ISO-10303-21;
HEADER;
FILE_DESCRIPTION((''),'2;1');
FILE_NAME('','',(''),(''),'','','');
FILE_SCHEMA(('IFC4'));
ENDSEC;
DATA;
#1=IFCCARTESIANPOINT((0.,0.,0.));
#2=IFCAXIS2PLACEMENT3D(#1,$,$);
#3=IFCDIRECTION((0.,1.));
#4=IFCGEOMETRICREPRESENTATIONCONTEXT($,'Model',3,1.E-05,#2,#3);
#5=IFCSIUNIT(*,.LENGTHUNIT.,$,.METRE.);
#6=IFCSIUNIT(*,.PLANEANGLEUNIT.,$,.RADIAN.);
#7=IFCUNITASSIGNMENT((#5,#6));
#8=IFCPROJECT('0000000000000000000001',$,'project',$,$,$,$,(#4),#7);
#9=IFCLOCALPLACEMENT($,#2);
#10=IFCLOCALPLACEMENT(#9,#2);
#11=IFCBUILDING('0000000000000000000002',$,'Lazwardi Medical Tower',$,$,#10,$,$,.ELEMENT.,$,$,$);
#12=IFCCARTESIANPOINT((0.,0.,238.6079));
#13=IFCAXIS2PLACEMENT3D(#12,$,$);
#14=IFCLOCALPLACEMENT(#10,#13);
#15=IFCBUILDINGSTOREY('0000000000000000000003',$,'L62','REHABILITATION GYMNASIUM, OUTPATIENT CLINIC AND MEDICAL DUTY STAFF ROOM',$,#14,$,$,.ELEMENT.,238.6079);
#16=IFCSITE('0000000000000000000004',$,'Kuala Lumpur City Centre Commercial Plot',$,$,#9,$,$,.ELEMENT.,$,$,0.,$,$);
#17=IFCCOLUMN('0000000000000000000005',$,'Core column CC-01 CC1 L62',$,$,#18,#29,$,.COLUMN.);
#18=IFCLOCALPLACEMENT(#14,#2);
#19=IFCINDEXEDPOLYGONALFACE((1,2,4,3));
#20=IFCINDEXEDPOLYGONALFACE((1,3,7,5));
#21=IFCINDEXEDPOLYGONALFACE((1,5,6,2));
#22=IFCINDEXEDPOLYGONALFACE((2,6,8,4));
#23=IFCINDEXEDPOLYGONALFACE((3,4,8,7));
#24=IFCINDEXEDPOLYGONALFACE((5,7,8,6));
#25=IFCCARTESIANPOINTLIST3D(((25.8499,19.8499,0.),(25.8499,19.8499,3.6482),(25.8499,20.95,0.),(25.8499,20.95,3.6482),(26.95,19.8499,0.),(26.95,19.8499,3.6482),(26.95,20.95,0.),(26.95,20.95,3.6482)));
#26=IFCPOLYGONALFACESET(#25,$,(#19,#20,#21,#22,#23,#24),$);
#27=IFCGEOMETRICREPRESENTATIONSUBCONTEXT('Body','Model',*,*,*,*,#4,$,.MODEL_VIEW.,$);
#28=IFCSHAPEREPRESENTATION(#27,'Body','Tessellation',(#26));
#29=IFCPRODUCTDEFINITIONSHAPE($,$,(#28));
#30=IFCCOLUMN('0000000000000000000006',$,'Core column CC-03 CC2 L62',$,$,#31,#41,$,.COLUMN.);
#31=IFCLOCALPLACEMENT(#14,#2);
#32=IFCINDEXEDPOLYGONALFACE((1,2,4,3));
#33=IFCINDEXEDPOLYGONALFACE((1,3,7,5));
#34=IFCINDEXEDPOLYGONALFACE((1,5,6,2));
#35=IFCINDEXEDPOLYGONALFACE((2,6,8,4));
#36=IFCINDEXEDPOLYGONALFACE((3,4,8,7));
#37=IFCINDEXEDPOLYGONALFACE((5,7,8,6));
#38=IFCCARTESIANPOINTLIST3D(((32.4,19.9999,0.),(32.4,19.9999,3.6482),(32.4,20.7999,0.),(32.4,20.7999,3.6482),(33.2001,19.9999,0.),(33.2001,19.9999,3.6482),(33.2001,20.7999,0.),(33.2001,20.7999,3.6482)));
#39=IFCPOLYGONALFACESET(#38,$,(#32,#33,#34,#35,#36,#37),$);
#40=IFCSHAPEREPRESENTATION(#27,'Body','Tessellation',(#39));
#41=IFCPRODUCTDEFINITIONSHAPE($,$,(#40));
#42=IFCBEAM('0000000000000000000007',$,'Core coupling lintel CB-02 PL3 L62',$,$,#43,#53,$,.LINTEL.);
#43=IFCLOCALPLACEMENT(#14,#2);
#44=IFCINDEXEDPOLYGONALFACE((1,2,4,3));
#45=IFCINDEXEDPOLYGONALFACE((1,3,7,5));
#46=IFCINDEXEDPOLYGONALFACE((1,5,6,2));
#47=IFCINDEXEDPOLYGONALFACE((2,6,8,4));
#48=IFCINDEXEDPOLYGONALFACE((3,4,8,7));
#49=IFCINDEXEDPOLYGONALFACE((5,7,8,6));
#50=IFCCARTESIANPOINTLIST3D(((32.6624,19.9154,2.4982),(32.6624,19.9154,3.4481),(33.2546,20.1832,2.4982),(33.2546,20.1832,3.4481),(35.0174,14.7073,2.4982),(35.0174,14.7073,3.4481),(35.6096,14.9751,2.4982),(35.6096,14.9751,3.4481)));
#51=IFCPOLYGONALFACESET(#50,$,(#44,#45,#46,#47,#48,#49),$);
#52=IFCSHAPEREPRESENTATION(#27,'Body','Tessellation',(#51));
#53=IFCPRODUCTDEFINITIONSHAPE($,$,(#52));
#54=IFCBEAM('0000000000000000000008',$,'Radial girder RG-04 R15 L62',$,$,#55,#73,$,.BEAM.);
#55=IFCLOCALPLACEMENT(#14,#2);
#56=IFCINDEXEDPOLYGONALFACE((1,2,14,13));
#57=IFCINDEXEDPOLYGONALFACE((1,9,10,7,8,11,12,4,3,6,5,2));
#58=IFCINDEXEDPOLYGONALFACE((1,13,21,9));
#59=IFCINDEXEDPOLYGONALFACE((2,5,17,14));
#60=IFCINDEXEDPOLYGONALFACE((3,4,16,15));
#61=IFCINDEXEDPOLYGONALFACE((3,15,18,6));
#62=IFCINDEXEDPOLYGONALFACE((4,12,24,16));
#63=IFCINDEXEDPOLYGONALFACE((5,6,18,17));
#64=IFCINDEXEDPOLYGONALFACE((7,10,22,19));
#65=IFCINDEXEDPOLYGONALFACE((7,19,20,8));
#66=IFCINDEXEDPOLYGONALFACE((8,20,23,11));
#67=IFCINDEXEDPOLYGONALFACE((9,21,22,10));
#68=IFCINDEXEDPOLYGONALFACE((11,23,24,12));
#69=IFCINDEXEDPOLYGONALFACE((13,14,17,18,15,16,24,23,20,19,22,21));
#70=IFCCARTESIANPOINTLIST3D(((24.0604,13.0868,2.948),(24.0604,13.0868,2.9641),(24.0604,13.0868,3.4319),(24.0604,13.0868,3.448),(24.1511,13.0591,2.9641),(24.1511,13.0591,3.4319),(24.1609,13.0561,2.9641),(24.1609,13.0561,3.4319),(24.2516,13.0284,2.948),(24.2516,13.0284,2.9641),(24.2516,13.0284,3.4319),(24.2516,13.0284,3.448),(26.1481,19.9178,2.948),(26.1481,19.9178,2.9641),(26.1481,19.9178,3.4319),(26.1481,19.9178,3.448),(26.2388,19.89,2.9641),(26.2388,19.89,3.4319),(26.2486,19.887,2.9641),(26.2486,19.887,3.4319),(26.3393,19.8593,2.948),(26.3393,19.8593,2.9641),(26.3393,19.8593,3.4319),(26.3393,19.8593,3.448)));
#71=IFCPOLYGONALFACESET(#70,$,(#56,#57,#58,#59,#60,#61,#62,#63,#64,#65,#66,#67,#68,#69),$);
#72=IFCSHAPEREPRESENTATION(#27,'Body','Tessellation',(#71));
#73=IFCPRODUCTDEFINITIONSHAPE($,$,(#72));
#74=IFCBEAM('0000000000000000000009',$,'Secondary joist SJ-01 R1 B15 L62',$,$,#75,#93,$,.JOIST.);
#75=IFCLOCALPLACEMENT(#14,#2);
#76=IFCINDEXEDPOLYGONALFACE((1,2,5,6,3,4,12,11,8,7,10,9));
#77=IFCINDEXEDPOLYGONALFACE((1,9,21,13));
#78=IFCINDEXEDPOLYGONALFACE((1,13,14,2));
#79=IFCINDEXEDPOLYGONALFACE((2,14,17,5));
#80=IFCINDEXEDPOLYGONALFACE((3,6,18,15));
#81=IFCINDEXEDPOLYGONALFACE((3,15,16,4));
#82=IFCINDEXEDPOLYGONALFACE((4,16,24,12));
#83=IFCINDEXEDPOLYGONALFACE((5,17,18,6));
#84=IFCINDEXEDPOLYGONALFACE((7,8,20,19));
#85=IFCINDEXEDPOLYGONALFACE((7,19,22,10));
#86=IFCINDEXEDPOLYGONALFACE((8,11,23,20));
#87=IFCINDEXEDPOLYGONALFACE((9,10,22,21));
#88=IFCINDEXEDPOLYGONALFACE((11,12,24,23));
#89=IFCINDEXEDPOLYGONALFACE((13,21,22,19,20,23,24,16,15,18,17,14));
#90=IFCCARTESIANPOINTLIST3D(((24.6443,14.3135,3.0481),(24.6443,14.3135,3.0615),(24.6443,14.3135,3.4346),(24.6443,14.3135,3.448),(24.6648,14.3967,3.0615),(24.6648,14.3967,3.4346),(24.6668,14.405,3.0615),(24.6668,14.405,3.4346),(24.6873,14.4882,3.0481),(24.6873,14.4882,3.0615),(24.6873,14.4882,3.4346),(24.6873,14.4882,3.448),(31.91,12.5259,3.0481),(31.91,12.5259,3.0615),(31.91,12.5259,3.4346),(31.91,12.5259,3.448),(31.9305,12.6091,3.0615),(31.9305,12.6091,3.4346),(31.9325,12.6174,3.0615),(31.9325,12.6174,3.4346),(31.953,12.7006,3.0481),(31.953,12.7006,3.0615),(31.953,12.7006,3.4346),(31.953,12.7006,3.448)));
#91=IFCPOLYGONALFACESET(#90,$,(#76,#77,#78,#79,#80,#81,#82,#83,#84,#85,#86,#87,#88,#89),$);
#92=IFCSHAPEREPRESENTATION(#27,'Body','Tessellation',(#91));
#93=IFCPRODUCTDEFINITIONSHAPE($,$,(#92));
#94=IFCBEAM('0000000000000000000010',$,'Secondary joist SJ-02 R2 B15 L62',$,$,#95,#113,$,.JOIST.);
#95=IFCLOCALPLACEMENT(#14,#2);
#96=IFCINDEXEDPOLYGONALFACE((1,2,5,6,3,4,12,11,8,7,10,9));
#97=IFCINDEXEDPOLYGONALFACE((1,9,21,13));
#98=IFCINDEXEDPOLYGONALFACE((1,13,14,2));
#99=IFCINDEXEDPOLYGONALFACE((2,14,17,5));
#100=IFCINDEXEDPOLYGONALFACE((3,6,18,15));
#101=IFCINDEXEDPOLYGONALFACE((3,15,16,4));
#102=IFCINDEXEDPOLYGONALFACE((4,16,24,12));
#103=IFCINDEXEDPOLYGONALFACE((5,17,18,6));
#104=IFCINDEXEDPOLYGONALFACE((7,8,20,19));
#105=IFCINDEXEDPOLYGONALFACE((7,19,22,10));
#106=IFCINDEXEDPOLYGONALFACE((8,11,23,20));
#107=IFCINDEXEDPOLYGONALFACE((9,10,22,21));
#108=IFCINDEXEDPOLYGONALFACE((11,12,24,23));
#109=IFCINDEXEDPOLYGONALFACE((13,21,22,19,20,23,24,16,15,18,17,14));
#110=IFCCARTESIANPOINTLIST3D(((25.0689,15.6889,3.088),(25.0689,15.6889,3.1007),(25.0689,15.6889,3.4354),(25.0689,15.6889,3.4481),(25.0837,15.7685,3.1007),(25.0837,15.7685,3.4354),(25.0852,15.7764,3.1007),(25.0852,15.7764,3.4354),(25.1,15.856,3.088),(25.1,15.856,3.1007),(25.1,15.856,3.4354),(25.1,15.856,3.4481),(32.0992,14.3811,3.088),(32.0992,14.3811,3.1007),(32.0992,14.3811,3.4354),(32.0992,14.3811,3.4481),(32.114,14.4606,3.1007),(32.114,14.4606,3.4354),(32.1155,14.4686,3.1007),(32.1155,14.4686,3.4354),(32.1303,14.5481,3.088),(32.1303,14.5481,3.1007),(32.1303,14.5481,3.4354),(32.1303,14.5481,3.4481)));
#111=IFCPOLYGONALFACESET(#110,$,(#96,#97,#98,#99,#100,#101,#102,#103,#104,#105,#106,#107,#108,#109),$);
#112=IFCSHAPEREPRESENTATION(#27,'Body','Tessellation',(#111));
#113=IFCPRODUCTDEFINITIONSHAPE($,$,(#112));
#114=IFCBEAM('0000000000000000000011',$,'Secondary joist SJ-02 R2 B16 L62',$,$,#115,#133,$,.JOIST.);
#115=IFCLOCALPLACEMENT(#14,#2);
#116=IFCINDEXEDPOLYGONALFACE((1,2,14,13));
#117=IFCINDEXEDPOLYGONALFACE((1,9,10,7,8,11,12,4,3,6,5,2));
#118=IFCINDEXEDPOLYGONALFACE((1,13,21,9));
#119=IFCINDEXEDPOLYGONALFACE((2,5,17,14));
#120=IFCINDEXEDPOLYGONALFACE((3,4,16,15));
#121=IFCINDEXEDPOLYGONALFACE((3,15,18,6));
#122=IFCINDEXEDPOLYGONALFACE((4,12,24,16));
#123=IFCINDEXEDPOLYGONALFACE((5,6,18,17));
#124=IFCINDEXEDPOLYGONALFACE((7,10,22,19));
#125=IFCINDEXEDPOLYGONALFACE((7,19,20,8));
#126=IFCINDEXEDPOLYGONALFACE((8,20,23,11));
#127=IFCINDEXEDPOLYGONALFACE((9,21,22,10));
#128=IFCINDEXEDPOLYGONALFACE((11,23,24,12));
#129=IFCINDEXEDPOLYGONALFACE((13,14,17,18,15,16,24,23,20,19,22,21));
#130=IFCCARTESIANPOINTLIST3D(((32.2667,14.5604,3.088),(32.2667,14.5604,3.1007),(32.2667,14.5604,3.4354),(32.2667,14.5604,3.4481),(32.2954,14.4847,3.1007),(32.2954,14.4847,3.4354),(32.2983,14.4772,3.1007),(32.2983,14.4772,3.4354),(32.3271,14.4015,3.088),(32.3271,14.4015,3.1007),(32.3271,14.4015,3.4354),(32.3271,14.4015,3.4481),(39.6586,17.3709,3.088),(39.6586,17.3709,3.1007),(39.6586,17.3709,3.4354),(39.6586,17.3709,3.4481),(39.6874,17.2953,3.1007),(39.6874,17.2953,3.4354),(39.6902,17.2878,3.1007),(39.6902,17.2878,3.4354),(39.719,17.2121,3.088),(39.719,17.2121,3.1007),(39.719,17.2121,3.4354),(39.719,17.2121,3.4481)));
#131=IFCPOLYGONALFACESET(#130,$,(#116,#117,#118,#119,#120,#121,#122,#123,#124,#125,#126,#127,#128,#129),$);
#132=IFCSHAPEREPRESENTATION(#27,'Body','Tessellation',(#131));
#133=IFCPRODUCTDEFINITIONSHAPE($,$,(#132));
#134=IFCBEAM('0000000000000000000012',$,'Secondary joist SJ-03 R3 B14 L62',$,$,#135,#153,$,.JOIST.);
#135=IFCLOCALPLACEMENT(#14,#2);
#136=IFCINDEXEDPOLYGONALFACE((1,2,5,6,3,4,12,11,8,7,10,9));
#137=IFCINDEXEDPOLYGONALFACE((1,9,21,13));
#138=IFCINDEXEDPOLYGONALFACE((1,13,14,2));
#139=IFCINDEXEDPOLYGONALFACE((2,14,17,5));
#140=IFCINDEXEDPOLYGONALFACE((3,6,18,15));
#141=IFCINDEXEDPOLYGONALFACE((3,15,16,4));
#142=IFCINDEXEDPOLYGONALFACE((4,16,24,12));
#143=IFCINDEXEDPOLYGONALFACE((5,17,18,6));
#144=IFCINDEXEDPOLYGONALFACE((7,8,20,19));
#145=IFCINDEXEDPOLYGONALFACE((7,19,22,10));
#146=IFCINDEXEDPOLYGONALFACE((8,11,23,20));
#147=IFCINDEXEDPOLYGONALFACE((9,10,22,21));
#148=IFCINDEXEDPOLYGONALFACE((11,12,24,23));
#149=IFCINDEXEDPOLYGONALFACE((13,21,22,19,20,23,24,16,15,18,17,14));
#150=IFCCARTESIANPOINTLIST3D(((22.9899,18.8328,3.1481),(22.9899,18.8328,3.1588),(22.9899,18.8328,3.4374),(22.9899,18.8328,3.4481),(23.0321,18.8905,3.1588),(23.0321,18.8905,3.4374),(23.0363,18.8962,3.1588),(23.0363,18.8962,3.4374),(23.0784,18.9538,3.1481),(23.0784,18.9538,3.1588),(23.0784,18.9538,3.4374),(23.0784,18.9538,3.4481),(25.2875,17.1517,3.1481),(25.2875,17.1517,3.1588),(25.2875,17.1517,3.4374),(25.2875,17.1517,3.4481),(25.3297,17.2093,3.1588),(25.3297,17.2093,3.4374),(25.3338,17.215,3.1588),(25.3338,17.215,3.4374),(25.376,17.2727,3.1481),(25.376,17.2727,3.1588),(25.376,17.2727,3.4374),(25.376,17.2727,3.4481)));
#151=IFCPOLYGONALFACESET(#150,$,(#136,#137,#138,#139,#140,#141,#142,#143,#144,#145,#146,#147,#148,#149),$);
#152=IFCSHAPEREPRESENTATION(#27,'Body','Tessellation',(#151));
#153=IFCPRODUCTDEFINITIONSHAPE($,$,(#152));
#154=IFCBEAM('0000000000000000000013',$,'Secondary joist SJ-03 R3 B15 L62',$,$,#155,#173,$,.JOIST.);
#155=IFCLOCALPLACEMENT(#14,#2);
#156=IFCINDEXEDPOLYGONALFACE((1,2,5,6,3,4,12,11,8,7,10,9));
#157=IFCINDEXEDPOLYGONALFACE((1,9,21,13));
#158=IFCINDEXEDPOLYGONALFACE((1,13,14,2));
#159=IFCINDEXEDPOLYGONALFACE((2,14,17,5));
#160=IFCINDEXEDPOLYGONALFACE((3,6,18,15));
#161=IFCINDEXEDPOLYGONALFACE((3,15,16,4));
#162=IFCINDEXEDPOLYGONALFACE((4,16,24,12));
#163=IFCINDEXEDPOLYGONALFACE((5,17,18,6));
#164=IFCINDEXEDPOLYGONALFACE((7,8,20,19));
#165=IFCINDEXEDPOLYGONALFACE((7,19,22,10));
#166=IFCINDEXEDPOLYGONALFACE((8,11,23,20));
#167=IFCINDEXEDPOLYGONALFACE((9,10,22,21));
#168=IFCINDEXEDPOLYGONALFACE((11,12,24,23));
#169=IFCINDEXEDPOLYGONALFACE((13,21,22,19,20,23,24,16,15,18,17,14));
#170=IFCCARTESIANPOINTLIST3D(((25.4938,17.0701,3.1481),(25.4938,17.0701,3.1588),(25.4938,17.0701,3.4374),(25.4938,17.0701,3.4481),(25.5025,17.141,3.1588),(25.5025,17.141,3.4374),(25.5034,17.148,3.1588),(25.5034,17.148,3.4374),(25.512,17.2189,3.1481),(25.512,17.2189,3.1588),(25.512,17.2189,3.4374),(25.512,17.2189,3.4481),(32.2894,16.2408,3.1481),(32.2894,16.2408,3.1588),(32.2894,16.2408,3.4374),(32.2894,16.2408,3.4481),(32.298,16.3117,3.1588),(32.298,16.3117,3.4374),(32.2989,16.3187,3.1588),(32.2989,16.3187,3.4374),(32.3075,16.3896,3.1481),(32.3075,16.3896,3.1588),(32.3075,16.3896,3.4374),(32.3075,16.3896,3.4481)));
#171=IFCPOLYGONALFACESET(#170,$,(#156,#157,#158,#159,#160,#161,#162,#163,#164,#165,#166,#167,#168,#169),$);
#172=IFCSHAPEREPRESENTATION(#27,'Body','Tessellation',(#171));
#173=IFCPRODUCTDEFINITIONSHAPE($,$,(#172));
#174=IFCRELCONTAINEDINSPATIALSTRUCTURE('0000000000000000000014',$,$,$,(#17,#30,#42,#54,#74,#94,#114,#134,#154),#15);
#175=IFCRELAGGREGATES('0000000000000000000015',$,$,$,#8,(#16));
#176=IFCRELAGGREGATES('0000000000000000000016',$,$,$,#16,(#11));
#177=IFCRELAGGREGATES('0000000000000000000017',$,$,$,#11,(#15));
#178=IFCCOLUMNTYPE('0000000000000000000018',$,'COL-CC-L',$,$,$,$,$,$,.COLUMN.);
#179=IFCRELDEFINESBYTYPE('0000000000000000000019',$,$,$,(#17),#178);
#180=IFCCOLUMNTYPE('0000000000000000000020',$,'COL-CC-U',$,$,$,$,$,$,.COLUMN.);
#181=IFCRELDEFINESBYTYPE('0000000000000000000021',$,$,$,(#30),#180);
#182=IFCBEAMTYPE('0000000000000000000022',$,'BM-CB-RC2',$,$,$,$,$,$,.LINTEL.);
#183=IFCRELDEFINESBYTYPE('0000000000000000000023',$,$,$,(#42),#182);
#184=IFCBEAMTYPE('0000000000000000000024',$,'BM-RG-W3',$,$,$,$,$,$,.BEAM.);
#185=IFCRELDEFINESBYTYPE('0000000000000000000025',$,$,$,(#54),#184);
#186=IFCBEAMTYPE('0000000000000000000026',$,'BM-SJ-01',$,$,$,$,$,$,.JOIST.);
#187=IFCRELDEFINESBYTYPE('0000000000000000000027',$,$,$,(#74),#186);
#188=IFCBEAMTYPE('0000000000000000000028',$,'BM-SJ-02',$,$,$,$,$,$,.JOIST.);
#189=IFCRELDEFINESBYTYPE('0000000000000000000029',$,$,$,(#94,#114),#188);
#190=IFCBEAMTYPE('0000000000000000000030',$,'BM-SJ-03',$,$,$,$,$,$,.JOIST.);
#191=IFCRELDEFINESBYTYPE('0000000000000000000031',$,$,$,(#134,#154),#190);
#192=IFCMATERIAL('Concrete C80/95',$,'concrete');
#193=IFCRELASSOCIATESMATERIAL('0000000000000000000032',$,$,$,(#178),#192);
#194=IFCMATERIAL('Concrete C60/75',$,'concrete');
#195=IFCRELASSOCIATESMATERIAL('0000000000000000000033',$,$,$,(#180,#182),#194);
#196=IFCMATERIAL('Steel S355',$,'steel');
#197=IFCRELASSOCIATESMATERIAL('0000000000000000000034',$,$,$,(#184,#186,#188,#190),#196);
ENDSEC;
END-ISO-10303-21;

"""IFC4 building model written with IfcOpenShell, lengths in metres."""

from ifc_helpers import new_model, si_unit, direction, frame, origin, origin_2d, place, context, subcontext, project, spatial, rectangle, i_section, extrude, material, material_profile, profile_set, type_object, element, save


model = new_model("IFC4")

# Units and contexts
model_context = context("Model", 3, precision=1e-05, world=origin(), true_north=direction((0.0, 1.0)))
body_context = subcontext(model_context, "Body", "Model", "MODEL_VIEW")
ifc_project = project(units=[si_unit("LENGTHUNIT", "METRE"), si_unit("PLANEANGLEUNIT", "RADIAN")], contexts=[model_context])

# Site, building, storey
site_placement = place(None, origin())
site = spatial("IfcSite", under=ifc_project, at=site_placement, Name="Kuala Lumpur City Centre Commercial Plot", CompositionType="ELEMENT", RefElevation=0.0)
building_placement = place(site_placement, origin())
building = spatial("IfcBuilding", under=site, at=building_placement, Name="Lazwardi Medical Tower", CompositionType="ELEMENT")
storey_placement = place(building_placement, frame((0.0, 0.0, 238.6079)))
storey = spatial("IfcBuildingStorey", under=building, at=storey_placement, Name="L62", Description="REHABILITATION GYMNASIUM, OUTPATIENT CLINIC AND MEDICAL DUTY STAFF ROOM", CompositionType="ELEMENT", Elevation=238.6079)

# Columns
ifc_material_1 = material(Name="Concrete C80/95", Category="concrete")
ifc_material_profile_1 = material_profile(ifc_material_1, rectangle(XDim=1.1001, YDim=1.1001, at=origin_2d()), Name="RC 1100x1100")
ifc_profile_set_1 = profile_set([ifc_material_profile_1], Name="Concrete C80/95")
column_type_1 = type_object("IfcColumnType", Name="COL-CC-L", PredefinedType="COLUMN", material=ifc_profile_set_1)
column_1_placement = place(storey_placement, frame((26.3999, 20.3999, 0.0), z_axis=(0.0, 0.0, 1.0), x_axis=(1.0, 0.0, 0.0)))
element("IfcColumn", 1, at=column_1_placement, inside=storey, type_object=column_type_1, Name="Core column CC-01 CC1 L62", PredefinedType="COLUMN", context=body_context, shape_type="SweptSolid", body=[
    extrude(rectangle(XDim=1.1001, YDim=1.1001, at=origin_2d()), origin(), (0.0, 0.0, 1.0), 3.6482),
])
ifc_material_2 = material(Name="Concrete C60/75", Category="concrete")
ifc_material_profile_2 = material_profile(ifc_material_2, rectangle(XDim=0.8, YDim=0.8, at=origin_2d()), Name="RC 800x800")
ifc_profile_set_2 = profile_set([ifc_material_profile_2], Name="Concrete C60/75")
column_type_2 = type_object("IfcColumnType", Name="COL-CC-U", PredefinedType="COLUMN", material=ifc_profile_set_2)
column_2_placement = place(storey_placement, frame((32.8, 20.3999, 0.0), z_axis=(0.0, 0.0, 1.0), x_axis=(1.0, 0.0, 0.0)))
element("IfcColumn", 2, at=column_2_placement, inside=storey, type_object=column_type_2, Name="Core column CC-03 CC2 L62", PredefinedType="COLUMN", context=body_context, shape_type="SweptSolid", body=[
    extrude(rectangle(XDim=0.8, YDim=0.8, at=origin_2d()), origin(), (0.0, 0.0, 1.0), 3.6482),
])

# Beams
ifc_material_profile_3 = material_profile(ifc_material_2, rectangle(XDim=0.6499, YDim=0.95, at=origin_2d()), Name="RC 650x950")
ifc_profile_set_3 = profile_set([ifc_material_profile_3], Name="Concrete C60/75")
beam_type_1 = type_object("IfcBeamType", Name="BM-CB-RC2", PredefinedType="LINTEL", material=ifc_profile_set_3)
beam_1_placement = place(storey_placement, frame((32.9585, 20.0493, 2.9731), z_axis=(0.412019, -0.911175, 0.0), x_axis=(0.911175, 0.412019, 0.0)))
element("IfcBeam", 3, at=beam_1_placement, inside=storey, type_object=beam_type_1, Name="Core coupling lintel CB-02 PL3 L62", PredefinedType="LINTEL", context=body_context, shape_type="SweptSolid", body=[
    extrude(rectangle(XDim=0.6499, YDim=0.95, at=origin_2d()), origin(), (0.0, 0.0, 1.0), 5.7158),
])
ifc_material_3 = material(Name="Steel S355", Category="steel")
ifc_material_profile_4 = material_profile(ifc_material_3, i_section(OverallWidth=0.2, OverallDepth=0.5, WebThickness=0.0103, FlangeThickness=0.0161, at=origin_2d()), Name="IPE 500")
ifc_profile_set_4 = profile_set([ifc_material_profile_4], Name="Steel S355")
beam_type_2 = type_object("IfcBeamType", Name="BM-RG-W3", PredefinedType="BEAM", material=ifc_profile_set_4)
beam_2_placement = place(storey_placement, frame((24.156, 13.0576, 3.198), z_axis=(0.292277, 0.956334, 0.0), x_axis=(-0.956334, 0.292277, 0.0)))
element("IfcBeam", 4, at=beam_2_placement, inside=storey, type_object=beam_type_2, Name="Radial girder RG-04 R15 L62", PredefinedType="BEAM", context=body_context, shape_type="SweptSolid", body=[
    extrude(i_section(OverallWidth=0.2, OverallDepth=0.5, WebThickness=0.0103, FlangeThickness=0.0161, at=origin_2d()), origin(), (0.0, 0.0, 1.0), 7.1428),
])
ifc_material_profile_5 = material_profile(ifc_material_3, i_section(OverallWidth=0.1799, OverallDepth=0.3999, WebThickness=0.0085, FlangeThickness=0.0134, at=origin_2d()), Name="IPE 400")
ifc_profile_set_5 = profile_set([ifc_material_profile_5], Name="Steel S355")
beam_type_3 = type_object("IfcBeamType", Name="BM-SJ-01", PredefinedType="JOIST", material=ifc_profile_set_5)
beam_3_placement = place(storey_placement, frame((24.6658, 14.4009, 3.248), z_axis=(0.971042, -0.23891, 0.0), x_axis=(0.23891, 0.971042, 0.0)))
element("IfcBeam", 5, at=beam_3_placement, inside=storey, type_object=beam_type_3, Name="Secondary joist SJ-01 R1 B15 L62", PredefinedType="JOIST", context=body_context, shape_type="SweptSolid", body=[
    extrude(i_section(OverallWidth=0.1799, OverallDepth=0.3999, WebThickness=0.0085, FlangeThickness=0.0134, at=origin_2d()), origin(), (0.0, 0.0, 1.0), 7.4824),
])
ifc_material_profile_6 = material_profile(ifc_material_3, i_section(OverallWidth=0.1699, OverallDepth=0.3601, WebThickness=0.0081, FlangeThickness=0.0127, at=origin_2d()), Name="IPE 360")
ifc_profile_set_6 = profile_set([ifc_material_profile_6], Name="Steel S355")
beam_type_4 = type_object("IfcBeamType", Name="BM-SJ-02", PredefinedType="JOIST", material=ifc_profile_set_6)
beam_4_placement = place(storey_placement, frame((25.0845, 15.7725, 3.2681), z_axis=(0.983132, -0.182895, 0.0), x_axis=(0.182895, 0.983132, 0.0)))
element("IfcBeam", 6, at=beam_4_placement, inside=storey, type_object=beam_type_4, Name="Secondary joist SJ-02 R2 B15 L62", PredefinedType="JOIST", context=body_context, shape_type="SweptSolid", body=[
    extrude(i_section(OverallWidth=0.1699, OverallDepth=0.3601, WebThickness=0.0081, FlangeThickness=0.0127, at=origin_2d()), origin(), (0.0, 0.0, 1.0), 7.1509),
])
beam_5_placement = place(storey_placement, frame((32.2969, 14.481, 3.2681), z_axis=(0.934714, 0.3554, 0.0), x_axis=(-0.3554, 0.934714, 0.0)))
element("IfcBeam", 7, at=beam_5_placement, inside=storey, type_object=beam_type_4, Name="Secondary joist SJ-02 R2 B16 L62", PredefinedType="JOIST", context=body_context, shape_type="SweptSolid", body=[
    extrude(i_section(OverallWidth=0.1699, OverallDepth=0.3601, WebThickness=0.0081, FlangeThickness=0.0127, at=origin_2d()), origin(), (0.0, 0.0, 1.0), 7.9082),
])
ifc_material_profile_7 = material_profile(ifc_material_3, i_section(OverallWidth=0.1499, OverallDepth=0.3, WebThickness=0.0071, FlangeThickness=0.0107, at=origin_2d()), Name="IPE 300")
ifc_profile_set_7 = profile_set([ifc_material_profile_7], Name="Steel S355")
beam_type_5 = type_object("IfcBeamType", Name="BM-SJ-03", PredefinedType="JOIST", material=ifc_profile_set_7)
beam_6_placement = place(storey_placement, frame((23.0342, 18.8933, 3.2981), z_axis=(0.807034, -0.590505, 0.0), x_axis=(0.590505, 0.807034, 0.0)))
element("IfcBeam", 8, at=beam_6_placement, inside=storey, type_object=beam_type_5, Name="Secondary joist SJ-03 R3 B14 L62", PredefinedType="JOIST", context=body_context, shape_type="SweptSolid", body=[
    extrude(i_section(OverallWidth=0.1499, OverallDepth=0.3, WebThickness=0.0071, FlangeThickness=0.0107, at=origin_2d()), origin(), (0.0, 0.0, 1.0), 2.8469),
])
beam_7_placement = place(storey_placement, frame((25.5029, 17.1445, 3.2981), z_axis=(0.992635, -0.121146, 0.0), x_axis=(0.121146, 0.992635, 0.0)))
element("IfcBeam", 9, at=beam_7_placement, inside=storey, type_object=beam_type_5, Name="Secondary joist SJ-03 R3 B15 L62", PredefinedType="JOIST", context=body_context, shape_type="SweptSolid", body=[
    extrude(i_section(OverallWidth=0.1499, OverallDepth=0.3, WebThickness=0.0071, FlangeThickness=0.0107, at=origin_2d()), origin(), (0.0, 0.0, 1.0), 6.8459),
])

save(model, "model.ifc")
